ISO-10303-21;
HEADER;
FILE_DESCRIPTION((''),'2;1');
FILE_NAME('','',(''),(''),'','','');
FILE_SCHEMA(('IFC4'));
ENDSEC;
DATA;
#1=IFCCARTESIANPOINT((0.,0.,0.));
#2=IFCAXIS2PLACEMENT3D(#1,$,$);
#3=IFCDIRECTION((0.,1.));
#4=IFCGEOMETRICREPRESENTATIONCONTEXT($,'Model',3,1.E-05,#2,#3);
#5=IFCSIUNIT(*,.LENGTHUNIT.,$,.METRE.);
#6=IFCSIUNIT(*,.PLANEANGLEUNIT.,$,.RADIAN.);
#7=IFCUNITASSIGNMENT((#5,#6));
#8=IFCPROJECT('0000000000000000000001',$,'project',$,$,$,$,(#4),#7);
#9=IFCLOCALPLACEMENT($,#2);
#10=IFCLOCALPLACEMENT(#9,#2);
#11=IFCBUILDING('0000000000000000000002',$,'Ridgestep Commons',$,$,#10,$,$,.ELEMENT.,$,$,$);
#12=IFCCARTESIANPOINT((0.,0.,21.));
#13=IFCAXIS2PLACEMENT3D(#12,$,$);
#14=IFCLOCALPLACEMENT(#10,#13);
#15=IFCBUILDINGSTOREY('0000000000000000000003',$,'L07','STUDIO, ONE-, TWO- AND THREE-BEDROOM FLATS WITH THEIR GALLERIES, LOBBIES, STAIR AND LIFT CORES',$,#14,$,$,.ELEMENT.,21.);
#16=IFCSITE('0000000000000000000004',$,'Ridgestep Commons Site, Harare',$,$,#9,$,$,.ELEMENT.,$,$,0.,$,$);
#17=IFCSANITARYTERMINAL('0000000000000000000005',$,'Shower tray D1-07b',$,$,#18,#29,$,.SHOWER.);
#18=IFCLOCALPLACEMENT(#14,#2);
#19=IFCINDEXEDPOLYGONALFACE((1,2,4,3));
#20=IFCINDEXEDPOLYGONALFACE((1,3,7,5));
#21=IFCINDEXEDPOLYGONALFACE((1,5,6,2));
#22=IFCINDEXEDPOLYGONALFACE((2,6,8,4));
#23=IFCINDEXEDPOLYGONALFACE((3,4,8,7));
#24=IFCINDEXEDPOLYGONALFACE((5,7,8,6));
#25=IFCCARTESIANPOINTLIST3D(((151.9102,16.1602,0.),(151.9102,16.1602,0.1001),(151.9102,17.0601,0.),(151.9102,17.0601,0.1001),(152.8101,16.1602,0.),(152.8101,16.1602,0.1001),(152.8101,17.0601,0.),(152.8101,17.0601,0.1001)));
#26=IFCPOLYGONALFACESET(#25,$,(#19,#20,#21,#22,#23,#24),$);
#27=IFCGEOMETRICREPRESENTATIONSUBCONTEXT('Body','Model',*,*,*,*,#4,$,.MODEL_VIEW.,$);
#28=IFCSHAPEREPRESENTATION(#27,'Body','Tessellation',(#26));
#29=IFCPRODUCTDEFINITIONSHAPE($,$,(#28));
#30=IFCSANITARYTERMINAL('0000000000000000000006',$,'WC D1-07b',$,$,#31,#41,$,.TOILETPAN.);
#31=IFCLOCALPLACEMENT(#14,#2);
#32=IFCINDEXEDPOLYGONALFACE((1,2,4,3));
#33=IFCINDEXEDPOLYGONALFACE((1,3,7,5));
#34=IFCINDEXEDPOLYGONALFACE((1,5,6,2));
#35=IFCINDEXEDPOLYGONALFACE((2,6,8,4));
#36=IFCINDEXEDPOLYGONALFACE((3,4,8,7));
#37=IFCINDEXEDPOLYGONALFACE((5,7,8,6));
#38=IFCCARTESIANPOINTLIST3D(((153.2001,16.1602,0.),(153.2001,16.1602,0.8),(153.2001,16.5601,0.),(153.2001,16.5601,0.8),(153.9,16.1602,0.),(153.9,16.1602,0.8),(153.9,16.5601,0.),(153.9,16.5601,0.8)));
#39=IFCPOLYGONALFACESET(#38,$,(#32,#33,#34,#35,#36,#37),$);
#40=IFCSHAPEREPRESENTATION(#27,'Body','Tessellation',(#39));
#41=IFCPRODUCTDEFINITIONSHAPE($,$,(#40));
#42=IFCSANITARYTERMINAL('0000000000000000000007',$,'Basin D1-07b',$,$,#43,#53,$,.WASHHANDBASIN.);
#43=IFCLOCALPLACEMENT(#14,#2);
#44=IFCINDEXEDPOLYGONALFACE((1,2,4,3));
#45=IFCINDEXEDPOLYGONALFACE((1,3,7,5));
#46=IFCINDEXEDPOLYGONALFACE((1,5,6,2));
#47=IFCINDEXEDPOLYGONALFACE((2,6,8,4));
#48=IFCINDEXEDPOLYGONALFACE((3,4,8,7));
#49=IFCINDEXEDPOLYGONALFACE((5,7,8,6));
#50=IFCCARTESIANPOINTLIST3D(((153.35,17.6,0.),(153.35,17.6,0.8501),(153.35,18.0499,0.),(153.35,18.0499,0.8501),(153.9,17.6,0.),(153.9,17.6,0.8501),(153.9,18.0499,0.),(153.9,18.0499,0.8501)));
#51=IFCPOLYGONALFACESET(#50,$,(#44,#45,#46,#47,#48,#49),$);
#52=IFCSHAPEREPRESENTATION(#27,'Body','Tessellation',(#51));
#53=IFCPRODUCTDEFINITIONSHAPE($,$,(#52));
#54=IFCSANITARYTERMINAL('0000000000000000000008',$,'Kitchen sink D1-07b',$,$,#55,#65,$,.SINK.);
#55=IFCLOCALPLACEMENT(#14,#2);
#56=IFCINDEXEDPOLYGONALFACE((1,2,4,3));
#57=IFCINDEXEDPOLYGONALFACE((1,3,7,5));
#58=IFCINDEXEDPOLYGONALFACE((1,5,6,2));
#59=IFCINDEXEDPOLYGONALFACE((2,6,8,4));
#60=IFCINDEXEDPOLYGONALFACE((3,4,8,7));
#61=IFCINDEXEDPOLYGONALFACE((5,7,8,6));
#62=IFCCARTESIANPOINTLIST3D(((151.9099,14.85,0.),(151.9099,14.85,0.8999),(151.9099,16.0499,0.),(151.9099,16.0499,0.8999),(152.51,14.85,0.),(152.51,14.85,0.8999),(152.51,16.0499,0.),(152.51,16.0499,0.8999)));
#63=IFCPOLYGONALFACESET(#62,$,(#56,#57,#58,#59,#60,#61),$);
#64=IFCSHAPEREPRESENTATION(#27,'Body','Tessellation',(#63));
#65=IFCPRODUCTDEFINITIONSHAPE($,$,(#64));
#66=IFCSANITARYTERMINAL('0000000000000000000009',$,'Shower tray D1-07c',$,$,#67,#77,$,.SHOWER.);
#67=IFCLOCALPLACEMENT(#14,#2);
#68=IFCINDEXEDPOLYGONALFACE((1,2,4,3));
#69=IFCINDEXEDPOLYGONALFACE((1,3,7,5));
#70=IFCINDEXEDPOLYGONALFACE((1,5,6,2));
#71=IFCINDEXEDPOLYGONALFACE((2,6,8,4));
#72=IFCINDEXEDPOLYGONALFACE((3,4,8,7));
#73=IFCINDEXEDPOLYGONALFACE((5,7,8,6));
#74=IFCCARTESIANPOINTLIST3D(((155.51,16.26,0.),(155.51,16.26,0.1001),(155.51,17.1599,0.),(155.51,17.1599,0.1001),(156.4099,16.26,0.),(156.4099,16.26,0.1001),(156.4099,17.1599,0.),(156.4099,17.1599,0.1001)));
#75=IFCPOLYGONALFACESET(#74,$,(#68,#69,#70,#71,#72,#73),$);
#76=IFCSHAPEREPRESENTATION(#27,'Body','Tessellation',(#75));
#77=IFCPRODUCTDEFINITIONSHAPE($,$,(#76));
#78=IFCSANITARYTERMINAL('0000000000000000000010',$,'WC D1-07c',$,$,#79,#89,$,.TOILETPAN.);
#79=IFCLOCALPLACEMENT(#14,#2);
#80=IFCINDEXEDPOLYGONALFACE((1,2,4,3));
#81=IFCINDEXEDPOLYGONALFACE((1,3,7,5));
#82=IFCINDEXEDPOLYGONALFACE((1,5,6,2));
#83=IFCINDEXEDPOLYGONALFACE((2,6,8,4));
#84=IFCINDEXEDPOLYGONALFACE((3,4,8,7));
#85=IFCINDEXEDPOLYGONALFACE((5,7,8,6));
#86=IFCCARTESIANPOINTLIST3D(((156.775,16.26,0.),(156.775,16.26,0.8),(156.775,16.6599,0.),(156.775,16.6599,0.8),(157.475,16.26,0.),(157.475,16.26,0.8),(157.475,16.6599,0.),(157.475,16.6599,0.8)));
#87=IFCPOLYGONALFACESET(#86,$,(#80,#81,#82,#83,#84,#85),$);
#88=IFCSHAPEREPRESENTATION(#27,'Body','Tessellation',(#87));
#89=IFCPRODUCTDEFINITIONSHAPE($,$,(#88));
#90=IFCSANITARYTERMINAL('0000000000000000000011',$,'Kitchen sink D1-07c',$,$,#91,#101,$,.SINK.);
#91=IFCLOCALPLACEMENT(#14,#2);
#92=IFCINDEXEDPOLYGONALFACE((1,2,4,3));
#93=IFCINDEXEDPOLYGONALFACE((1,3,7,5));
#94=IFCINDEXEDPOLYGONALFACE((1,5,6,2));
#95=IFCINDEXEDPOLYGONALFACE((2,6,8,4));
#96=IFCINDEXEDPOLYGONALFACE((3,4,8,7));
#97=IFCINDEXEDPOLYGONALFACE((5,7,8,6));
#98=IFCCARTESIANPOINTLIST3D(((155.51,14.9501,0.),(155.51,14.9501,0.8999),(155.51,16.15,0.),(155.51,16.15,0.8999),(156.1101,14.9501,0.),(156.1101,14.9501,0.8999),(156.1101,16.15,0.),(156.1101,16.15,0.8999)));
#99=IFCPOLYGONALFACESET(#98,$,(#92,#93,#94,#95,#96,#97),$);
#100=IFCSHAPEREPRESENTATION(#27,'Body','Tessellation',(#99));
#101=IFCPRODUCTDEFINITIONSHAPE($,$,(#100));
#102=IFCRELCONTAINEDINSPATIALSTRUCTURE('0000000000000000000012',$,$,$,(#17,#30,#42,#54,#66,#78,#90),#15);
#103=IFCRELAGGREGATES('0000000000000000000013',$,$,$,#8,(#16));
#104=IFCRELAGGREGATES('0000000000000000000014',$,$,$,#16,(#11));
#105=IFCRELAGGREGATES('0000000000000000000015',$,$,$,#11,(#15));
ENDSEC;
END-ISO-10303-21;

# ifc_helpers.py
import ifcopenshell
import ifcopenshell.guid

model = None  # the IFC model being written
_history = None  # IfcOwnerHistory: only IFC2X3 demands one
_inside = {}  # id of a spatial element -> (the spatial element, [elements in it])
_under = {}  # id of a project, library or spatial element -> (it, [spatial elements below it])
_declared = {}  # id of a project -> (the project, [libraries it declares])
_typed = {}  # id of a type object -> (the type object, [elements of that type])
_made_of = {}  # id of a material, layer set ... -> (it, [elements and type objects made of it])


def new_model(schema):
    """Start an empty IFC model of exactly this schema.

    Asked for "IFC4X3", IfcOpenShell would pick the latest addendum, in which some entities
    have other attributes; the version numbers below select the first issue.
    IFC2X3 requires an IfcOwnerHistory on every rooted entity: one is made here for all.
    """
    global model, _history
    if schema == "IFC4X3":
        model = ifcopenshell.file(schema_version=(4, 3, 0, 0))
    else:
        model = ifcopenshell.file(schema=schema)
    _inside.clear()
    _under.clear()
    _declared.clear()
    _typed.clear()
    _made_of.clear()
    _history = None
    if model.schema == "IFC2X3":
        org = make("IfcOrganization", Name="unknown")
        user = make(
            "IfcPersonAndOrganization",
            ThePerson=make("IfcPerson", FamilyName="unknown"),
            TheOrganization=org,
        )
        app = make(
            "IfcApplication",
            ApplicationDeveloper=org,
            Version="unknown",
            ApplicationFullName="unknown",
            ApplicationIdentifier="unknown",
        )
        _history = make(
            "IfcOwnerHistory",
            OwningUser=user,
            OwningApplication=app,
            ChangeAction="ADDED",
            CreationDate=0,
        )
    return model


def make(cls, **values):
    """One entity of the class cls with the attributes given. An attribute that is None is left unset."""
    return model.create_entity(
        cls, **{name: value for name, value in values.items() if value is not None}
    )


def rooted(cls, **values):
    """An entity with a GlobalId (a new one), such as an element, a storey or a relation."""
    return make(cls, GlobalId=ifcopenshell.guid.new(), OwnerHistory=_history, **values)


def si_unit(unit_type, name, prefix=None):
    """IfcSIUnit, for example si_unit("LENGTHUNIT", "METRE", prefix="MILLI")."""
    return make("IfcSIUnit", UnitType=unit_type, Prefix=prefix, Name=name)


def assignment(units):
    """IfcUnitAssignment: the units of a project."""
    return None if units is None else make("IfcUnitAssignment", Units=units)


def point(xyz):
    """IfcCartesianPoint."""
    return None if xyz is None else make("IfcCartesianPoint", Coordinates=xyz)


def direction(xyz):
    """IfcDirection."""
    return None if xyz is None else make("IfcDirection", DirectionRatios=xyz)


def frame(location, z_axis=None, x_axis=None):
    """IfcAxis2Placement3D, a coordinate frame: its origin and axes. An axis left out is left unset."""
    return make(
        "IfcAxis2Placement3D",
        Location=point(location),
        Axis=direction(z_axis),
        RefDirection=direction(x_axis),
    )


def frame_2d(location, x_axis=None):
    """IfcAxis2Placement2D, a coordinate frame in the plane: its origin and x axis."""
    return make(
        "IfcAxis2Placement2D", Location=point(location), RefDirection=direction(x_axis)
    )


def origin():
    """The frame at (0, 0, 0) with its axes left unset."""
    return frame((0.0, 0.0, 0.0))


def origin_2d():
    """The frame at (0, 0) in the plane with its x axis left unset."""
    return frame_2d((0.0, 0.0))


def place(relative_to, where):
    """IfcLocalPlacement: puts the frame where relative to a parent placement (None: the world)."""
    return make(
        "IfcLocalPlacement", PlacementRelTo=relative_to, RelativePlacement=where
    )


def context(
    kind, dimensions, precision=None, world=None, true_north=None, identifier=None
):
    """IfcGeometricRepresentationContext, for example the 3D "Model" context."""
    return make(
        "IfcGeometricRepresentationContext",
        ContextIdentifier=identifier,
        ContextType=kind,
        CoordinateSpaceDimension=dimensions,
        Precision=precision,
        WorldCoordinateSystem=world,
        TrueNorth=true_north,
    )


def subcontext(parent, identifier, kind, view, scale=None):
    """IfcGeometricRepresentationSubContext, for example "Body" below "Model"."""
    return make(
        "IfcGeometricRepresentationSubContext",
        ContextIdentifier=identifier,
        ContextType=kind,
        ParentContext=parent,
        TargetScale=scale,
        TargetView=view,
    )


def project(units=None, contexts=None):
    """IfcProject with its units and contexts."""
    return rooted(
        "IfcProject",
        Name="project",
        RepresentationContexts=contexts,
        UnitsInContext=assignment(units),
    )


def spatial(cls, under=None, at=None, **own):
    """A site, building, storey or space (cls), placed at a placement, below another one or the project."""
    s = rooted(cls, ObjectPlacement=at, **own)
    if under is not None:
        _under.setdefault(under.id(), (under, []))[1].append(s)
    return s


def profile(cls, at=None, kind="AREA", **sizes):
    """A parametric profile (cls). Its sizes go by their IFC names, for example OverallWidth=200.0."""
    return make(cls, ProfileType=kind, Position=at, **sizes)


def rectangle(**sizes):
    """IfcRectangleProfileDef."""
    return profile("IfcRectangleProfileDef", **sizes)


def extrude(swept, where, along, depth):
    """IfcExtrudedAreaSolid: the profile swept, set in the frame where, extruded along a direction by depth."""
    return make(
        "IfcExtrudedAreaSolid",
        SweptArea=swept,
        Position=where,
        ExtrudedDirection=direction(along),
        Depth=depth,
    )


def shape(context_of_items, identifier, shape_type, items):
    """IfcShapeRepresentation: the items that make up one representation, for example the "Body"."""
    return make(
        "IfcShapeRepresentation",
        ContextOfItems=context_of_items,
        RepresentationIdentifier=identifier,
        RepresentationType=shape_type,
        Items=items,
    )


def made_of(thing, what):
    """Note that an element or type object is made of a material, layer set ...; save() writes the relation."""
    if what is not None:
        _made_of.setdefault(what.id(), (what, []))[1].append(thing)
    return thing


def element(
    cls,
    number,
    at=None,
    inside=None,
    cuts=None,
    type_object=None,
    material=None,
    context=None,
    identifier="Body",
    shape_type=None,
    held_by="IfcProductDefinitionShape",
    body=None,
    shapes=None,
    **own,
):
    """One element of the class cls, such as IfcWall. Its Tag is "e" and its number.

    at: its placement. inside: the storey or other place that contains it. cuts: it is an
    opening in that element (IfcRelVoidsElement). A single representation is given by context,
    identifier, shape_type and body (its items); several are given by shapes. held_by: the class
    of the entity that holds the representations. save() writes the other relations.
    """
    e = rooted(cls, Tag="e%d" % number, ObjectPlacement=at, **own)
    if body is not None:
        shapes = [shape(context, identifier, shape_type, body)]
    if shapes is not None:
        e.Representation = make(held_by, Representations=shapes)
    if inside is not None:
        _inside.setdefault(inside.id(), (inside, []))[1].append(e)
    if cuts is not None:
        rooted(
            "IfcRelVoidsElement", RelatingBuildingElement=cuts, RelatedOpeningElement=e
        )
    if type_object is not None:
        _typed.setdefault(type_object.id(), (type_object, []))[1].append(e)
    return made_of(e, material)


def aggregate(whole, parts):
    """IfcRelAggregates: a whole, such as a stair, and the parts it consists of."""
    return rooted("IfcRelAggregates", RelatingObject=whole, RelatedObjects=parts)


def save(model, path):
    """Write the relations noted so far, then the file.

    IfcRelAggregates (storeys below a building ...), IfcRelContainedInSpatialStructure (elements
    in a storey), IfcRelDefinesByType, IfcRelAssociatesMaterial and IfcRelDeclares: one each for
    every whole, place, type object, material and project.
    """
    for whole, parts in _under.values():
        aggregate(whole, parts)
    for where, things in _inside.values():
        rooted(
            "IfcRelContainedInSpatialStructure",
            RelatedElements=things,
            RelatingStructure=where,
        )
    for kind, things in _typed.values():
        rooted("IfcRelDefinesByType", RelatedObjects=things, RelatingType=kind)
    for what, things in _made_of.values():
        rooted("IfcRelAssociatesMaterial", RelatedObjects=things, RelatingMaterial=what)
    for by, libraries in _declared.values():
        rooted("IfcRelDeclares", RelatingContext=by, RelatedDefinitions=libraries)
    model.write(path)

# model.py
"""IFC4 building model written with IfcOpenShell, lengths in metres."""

from ifc_helpers import new_model, si_unit, direction, frame, origin, origin_2d, place, context, subcontext, project, spatial, rectangle, extrude, element, save


model = new_model("IFC4")

# Units and contexts
model_context = context("Model", 3, precision=1e-05, world=origin(), true_north=direction((0.0, 1.0)))
body_context = subcontext(model_context, "Body", "Model", "MODEL_VIEW")
ifc_project = project(units=[si_unit("LENGTHUNIT", "METRE"), si_unit("PLANEANGLEUNIT", "RADIAN")], contexts=[model_context])

# Site, building, storey
site_placement = place(None, origin())
site = spatial("IfcSite", under=ifc_project, at=site_placement, Name="Ridgestep Commons Site, Harare", CompositionType="ELEMENT", RefElevation=0.0)
building_placement = place(site_placement, origin())
building = spatial("IfcBuilding", under=site, at=building_placement, Name="Ridgestep Commons", CompositionType="ELEMENT")
storey_placement = place(building_placement, frame((0.0, 0.0, 21.0)))
storey = spatial("IfcBuildingStorey", under=building, at=storey_placement, Name="L07", Description="STUDIO, ONE-, TWO- AND THREE-BEDROOM FLATS WITH THEIR GALLERIES, LOBBIES, STAIR AND LIFT CORES", CompositionType="ELEMENT", Elevation=21.0)

# Sanitary terminals
sanitary_terminal_1_placement = place(storey_placement, frame((152.3601, 16.6101, 0.0), z_axis=(0.0, 0.0, 1.0), x_axis=(1.0, 0.0, 0.0)))
element("IfcSanitaryTerminal", 1, at=sanitary_terminal_1_placement, inside=storey, Name="Shower tray D1-07b", PredefinedType="SHOWER", context=body_context, shape_type="SweptSolid", body=[
    extrude(rectangle(XDim=0.8999, YDim=0.8999, at=origin_2d()), origin(), (0.0, 0.0, 1.0), 0.1001),
])
sanitary_terminal_2_placement = place(storey_placement, frame((153.55, 16.3601, 0.0), z_axis=(0.0, 0.0, 1.0), x_axis=(1.0, 0.0, 0.0)))
element("IfcSanitaryTerminal", 2, at=sanitary_terminal_2_placement, inside=storey, Name="WC D1-07b", PredefinedType="TOILETPAN", context=body_context, shape_type="SweptSolid", body=[
    extrude(rectangle(XDim=0.7, YDim=0.3999, at=origin_2d()), origin(), (0.0, 0.0, 1.0), 0.8),
])
sanitary_terminal_3_placement = place(storey_placement, frame((153.625, 17.825, 0.0), z_axis=(0.0, 0.0, 1.0), x_axis=(1.0, 0.0, 0.0)))
element("IfcSanitaryTerminal", 3, at=sanitary_terminal_3_placement, inside=storey, Name="Basin D1-07b", PredefinedType="WASHHANDBASIN", context=body_context, shape_type="SweptSolid", body=[
    extrude(rectangle(XDim=0.55, YDim=0.45, at=origin_2d()), origin(), (0.0, 0.0, 1.0), 0.8501),
])
sanitary_terminal_4_placement = place(storey_placement, frame((152.21, 15.45, 0.0), z_axis=(0.0, 0.0, 1.0), x_axis=(1.0, 0.0, 0.0)))
element("IfcSanitaryTerminal", 4, at=sanitary_terminal_4_placement, inside=storey, Name="Kitchen sink D1-07b", PredefinedType="SINK", context=body_context, shape_type="SweptSolid", body=[
    extrude(rectangle(XDim=0.6001, YDim=1.2, at=origin_2d()), origin(), (0.0, 0.0, 1.0), 0.8999),
])
sanitary_terminal_5_placement = place(storey_placement, frame((155.96, 16.71, 0.0), z_axis=(0.0, 0.0, 1.0), x_axis=(1.0, 0.0, 0.0)))
element("IfcSanitaryTerminal", 5, at=sanitary_terminal_5_placement, inside=storey, Name="Shower tray D1-07c", PredefinedType="SHOWER", context=body_context, shape_type="SweptSolid", body=[
    extrude(rectangle(XDim=0.8999, YDim=0.8999, at=origin_2d()), origin(), (0.0, 0.0, 1.0), 0.1001),
])
sanitary_terminal_6_placement = place(storey_placement, frame((157.125, 16.46, 0.0), z_axis=(0.0, 0.0, 1.0), x_axis=(1.0, 0.0, 0.0)))
element("IfcSanitaryTerminal", 6, at=sanitary_terminal_6_placement, inside=storey, Name="WC D1-07c", PredefinedType="TOILETPAN", context=body_context, shape_type="SweptSolid", body=[
    extrude(rectangle(XDim=0.7, YDim=0.3999, at=origin_2d()), origin(), (0.0, 0.0, 1.0), 0.8),
])
sanitary_terminal_7_placement = place(storey_placement, frame((155.8101, 15.55, 0.0), z_axis=(0.0, 0.0, 1.0), x_axis=(1.0, 0.0, 0.0)))
element("IfcSanitaryTerminal", 7, at=sanitary_terminal_7_placement, inside=storey, Name="Kitchen sink D1-07c", PredefinedType="SINK", context=body_context, shape_type="SweptSolid", body=[
    extrude(rectangle(XDim=0.6001, YDim=1.2, at=origin_2d()), origin(), (0.0, 0.0, 1.0), 0.8999),
])

save(model, "model.ifc")
